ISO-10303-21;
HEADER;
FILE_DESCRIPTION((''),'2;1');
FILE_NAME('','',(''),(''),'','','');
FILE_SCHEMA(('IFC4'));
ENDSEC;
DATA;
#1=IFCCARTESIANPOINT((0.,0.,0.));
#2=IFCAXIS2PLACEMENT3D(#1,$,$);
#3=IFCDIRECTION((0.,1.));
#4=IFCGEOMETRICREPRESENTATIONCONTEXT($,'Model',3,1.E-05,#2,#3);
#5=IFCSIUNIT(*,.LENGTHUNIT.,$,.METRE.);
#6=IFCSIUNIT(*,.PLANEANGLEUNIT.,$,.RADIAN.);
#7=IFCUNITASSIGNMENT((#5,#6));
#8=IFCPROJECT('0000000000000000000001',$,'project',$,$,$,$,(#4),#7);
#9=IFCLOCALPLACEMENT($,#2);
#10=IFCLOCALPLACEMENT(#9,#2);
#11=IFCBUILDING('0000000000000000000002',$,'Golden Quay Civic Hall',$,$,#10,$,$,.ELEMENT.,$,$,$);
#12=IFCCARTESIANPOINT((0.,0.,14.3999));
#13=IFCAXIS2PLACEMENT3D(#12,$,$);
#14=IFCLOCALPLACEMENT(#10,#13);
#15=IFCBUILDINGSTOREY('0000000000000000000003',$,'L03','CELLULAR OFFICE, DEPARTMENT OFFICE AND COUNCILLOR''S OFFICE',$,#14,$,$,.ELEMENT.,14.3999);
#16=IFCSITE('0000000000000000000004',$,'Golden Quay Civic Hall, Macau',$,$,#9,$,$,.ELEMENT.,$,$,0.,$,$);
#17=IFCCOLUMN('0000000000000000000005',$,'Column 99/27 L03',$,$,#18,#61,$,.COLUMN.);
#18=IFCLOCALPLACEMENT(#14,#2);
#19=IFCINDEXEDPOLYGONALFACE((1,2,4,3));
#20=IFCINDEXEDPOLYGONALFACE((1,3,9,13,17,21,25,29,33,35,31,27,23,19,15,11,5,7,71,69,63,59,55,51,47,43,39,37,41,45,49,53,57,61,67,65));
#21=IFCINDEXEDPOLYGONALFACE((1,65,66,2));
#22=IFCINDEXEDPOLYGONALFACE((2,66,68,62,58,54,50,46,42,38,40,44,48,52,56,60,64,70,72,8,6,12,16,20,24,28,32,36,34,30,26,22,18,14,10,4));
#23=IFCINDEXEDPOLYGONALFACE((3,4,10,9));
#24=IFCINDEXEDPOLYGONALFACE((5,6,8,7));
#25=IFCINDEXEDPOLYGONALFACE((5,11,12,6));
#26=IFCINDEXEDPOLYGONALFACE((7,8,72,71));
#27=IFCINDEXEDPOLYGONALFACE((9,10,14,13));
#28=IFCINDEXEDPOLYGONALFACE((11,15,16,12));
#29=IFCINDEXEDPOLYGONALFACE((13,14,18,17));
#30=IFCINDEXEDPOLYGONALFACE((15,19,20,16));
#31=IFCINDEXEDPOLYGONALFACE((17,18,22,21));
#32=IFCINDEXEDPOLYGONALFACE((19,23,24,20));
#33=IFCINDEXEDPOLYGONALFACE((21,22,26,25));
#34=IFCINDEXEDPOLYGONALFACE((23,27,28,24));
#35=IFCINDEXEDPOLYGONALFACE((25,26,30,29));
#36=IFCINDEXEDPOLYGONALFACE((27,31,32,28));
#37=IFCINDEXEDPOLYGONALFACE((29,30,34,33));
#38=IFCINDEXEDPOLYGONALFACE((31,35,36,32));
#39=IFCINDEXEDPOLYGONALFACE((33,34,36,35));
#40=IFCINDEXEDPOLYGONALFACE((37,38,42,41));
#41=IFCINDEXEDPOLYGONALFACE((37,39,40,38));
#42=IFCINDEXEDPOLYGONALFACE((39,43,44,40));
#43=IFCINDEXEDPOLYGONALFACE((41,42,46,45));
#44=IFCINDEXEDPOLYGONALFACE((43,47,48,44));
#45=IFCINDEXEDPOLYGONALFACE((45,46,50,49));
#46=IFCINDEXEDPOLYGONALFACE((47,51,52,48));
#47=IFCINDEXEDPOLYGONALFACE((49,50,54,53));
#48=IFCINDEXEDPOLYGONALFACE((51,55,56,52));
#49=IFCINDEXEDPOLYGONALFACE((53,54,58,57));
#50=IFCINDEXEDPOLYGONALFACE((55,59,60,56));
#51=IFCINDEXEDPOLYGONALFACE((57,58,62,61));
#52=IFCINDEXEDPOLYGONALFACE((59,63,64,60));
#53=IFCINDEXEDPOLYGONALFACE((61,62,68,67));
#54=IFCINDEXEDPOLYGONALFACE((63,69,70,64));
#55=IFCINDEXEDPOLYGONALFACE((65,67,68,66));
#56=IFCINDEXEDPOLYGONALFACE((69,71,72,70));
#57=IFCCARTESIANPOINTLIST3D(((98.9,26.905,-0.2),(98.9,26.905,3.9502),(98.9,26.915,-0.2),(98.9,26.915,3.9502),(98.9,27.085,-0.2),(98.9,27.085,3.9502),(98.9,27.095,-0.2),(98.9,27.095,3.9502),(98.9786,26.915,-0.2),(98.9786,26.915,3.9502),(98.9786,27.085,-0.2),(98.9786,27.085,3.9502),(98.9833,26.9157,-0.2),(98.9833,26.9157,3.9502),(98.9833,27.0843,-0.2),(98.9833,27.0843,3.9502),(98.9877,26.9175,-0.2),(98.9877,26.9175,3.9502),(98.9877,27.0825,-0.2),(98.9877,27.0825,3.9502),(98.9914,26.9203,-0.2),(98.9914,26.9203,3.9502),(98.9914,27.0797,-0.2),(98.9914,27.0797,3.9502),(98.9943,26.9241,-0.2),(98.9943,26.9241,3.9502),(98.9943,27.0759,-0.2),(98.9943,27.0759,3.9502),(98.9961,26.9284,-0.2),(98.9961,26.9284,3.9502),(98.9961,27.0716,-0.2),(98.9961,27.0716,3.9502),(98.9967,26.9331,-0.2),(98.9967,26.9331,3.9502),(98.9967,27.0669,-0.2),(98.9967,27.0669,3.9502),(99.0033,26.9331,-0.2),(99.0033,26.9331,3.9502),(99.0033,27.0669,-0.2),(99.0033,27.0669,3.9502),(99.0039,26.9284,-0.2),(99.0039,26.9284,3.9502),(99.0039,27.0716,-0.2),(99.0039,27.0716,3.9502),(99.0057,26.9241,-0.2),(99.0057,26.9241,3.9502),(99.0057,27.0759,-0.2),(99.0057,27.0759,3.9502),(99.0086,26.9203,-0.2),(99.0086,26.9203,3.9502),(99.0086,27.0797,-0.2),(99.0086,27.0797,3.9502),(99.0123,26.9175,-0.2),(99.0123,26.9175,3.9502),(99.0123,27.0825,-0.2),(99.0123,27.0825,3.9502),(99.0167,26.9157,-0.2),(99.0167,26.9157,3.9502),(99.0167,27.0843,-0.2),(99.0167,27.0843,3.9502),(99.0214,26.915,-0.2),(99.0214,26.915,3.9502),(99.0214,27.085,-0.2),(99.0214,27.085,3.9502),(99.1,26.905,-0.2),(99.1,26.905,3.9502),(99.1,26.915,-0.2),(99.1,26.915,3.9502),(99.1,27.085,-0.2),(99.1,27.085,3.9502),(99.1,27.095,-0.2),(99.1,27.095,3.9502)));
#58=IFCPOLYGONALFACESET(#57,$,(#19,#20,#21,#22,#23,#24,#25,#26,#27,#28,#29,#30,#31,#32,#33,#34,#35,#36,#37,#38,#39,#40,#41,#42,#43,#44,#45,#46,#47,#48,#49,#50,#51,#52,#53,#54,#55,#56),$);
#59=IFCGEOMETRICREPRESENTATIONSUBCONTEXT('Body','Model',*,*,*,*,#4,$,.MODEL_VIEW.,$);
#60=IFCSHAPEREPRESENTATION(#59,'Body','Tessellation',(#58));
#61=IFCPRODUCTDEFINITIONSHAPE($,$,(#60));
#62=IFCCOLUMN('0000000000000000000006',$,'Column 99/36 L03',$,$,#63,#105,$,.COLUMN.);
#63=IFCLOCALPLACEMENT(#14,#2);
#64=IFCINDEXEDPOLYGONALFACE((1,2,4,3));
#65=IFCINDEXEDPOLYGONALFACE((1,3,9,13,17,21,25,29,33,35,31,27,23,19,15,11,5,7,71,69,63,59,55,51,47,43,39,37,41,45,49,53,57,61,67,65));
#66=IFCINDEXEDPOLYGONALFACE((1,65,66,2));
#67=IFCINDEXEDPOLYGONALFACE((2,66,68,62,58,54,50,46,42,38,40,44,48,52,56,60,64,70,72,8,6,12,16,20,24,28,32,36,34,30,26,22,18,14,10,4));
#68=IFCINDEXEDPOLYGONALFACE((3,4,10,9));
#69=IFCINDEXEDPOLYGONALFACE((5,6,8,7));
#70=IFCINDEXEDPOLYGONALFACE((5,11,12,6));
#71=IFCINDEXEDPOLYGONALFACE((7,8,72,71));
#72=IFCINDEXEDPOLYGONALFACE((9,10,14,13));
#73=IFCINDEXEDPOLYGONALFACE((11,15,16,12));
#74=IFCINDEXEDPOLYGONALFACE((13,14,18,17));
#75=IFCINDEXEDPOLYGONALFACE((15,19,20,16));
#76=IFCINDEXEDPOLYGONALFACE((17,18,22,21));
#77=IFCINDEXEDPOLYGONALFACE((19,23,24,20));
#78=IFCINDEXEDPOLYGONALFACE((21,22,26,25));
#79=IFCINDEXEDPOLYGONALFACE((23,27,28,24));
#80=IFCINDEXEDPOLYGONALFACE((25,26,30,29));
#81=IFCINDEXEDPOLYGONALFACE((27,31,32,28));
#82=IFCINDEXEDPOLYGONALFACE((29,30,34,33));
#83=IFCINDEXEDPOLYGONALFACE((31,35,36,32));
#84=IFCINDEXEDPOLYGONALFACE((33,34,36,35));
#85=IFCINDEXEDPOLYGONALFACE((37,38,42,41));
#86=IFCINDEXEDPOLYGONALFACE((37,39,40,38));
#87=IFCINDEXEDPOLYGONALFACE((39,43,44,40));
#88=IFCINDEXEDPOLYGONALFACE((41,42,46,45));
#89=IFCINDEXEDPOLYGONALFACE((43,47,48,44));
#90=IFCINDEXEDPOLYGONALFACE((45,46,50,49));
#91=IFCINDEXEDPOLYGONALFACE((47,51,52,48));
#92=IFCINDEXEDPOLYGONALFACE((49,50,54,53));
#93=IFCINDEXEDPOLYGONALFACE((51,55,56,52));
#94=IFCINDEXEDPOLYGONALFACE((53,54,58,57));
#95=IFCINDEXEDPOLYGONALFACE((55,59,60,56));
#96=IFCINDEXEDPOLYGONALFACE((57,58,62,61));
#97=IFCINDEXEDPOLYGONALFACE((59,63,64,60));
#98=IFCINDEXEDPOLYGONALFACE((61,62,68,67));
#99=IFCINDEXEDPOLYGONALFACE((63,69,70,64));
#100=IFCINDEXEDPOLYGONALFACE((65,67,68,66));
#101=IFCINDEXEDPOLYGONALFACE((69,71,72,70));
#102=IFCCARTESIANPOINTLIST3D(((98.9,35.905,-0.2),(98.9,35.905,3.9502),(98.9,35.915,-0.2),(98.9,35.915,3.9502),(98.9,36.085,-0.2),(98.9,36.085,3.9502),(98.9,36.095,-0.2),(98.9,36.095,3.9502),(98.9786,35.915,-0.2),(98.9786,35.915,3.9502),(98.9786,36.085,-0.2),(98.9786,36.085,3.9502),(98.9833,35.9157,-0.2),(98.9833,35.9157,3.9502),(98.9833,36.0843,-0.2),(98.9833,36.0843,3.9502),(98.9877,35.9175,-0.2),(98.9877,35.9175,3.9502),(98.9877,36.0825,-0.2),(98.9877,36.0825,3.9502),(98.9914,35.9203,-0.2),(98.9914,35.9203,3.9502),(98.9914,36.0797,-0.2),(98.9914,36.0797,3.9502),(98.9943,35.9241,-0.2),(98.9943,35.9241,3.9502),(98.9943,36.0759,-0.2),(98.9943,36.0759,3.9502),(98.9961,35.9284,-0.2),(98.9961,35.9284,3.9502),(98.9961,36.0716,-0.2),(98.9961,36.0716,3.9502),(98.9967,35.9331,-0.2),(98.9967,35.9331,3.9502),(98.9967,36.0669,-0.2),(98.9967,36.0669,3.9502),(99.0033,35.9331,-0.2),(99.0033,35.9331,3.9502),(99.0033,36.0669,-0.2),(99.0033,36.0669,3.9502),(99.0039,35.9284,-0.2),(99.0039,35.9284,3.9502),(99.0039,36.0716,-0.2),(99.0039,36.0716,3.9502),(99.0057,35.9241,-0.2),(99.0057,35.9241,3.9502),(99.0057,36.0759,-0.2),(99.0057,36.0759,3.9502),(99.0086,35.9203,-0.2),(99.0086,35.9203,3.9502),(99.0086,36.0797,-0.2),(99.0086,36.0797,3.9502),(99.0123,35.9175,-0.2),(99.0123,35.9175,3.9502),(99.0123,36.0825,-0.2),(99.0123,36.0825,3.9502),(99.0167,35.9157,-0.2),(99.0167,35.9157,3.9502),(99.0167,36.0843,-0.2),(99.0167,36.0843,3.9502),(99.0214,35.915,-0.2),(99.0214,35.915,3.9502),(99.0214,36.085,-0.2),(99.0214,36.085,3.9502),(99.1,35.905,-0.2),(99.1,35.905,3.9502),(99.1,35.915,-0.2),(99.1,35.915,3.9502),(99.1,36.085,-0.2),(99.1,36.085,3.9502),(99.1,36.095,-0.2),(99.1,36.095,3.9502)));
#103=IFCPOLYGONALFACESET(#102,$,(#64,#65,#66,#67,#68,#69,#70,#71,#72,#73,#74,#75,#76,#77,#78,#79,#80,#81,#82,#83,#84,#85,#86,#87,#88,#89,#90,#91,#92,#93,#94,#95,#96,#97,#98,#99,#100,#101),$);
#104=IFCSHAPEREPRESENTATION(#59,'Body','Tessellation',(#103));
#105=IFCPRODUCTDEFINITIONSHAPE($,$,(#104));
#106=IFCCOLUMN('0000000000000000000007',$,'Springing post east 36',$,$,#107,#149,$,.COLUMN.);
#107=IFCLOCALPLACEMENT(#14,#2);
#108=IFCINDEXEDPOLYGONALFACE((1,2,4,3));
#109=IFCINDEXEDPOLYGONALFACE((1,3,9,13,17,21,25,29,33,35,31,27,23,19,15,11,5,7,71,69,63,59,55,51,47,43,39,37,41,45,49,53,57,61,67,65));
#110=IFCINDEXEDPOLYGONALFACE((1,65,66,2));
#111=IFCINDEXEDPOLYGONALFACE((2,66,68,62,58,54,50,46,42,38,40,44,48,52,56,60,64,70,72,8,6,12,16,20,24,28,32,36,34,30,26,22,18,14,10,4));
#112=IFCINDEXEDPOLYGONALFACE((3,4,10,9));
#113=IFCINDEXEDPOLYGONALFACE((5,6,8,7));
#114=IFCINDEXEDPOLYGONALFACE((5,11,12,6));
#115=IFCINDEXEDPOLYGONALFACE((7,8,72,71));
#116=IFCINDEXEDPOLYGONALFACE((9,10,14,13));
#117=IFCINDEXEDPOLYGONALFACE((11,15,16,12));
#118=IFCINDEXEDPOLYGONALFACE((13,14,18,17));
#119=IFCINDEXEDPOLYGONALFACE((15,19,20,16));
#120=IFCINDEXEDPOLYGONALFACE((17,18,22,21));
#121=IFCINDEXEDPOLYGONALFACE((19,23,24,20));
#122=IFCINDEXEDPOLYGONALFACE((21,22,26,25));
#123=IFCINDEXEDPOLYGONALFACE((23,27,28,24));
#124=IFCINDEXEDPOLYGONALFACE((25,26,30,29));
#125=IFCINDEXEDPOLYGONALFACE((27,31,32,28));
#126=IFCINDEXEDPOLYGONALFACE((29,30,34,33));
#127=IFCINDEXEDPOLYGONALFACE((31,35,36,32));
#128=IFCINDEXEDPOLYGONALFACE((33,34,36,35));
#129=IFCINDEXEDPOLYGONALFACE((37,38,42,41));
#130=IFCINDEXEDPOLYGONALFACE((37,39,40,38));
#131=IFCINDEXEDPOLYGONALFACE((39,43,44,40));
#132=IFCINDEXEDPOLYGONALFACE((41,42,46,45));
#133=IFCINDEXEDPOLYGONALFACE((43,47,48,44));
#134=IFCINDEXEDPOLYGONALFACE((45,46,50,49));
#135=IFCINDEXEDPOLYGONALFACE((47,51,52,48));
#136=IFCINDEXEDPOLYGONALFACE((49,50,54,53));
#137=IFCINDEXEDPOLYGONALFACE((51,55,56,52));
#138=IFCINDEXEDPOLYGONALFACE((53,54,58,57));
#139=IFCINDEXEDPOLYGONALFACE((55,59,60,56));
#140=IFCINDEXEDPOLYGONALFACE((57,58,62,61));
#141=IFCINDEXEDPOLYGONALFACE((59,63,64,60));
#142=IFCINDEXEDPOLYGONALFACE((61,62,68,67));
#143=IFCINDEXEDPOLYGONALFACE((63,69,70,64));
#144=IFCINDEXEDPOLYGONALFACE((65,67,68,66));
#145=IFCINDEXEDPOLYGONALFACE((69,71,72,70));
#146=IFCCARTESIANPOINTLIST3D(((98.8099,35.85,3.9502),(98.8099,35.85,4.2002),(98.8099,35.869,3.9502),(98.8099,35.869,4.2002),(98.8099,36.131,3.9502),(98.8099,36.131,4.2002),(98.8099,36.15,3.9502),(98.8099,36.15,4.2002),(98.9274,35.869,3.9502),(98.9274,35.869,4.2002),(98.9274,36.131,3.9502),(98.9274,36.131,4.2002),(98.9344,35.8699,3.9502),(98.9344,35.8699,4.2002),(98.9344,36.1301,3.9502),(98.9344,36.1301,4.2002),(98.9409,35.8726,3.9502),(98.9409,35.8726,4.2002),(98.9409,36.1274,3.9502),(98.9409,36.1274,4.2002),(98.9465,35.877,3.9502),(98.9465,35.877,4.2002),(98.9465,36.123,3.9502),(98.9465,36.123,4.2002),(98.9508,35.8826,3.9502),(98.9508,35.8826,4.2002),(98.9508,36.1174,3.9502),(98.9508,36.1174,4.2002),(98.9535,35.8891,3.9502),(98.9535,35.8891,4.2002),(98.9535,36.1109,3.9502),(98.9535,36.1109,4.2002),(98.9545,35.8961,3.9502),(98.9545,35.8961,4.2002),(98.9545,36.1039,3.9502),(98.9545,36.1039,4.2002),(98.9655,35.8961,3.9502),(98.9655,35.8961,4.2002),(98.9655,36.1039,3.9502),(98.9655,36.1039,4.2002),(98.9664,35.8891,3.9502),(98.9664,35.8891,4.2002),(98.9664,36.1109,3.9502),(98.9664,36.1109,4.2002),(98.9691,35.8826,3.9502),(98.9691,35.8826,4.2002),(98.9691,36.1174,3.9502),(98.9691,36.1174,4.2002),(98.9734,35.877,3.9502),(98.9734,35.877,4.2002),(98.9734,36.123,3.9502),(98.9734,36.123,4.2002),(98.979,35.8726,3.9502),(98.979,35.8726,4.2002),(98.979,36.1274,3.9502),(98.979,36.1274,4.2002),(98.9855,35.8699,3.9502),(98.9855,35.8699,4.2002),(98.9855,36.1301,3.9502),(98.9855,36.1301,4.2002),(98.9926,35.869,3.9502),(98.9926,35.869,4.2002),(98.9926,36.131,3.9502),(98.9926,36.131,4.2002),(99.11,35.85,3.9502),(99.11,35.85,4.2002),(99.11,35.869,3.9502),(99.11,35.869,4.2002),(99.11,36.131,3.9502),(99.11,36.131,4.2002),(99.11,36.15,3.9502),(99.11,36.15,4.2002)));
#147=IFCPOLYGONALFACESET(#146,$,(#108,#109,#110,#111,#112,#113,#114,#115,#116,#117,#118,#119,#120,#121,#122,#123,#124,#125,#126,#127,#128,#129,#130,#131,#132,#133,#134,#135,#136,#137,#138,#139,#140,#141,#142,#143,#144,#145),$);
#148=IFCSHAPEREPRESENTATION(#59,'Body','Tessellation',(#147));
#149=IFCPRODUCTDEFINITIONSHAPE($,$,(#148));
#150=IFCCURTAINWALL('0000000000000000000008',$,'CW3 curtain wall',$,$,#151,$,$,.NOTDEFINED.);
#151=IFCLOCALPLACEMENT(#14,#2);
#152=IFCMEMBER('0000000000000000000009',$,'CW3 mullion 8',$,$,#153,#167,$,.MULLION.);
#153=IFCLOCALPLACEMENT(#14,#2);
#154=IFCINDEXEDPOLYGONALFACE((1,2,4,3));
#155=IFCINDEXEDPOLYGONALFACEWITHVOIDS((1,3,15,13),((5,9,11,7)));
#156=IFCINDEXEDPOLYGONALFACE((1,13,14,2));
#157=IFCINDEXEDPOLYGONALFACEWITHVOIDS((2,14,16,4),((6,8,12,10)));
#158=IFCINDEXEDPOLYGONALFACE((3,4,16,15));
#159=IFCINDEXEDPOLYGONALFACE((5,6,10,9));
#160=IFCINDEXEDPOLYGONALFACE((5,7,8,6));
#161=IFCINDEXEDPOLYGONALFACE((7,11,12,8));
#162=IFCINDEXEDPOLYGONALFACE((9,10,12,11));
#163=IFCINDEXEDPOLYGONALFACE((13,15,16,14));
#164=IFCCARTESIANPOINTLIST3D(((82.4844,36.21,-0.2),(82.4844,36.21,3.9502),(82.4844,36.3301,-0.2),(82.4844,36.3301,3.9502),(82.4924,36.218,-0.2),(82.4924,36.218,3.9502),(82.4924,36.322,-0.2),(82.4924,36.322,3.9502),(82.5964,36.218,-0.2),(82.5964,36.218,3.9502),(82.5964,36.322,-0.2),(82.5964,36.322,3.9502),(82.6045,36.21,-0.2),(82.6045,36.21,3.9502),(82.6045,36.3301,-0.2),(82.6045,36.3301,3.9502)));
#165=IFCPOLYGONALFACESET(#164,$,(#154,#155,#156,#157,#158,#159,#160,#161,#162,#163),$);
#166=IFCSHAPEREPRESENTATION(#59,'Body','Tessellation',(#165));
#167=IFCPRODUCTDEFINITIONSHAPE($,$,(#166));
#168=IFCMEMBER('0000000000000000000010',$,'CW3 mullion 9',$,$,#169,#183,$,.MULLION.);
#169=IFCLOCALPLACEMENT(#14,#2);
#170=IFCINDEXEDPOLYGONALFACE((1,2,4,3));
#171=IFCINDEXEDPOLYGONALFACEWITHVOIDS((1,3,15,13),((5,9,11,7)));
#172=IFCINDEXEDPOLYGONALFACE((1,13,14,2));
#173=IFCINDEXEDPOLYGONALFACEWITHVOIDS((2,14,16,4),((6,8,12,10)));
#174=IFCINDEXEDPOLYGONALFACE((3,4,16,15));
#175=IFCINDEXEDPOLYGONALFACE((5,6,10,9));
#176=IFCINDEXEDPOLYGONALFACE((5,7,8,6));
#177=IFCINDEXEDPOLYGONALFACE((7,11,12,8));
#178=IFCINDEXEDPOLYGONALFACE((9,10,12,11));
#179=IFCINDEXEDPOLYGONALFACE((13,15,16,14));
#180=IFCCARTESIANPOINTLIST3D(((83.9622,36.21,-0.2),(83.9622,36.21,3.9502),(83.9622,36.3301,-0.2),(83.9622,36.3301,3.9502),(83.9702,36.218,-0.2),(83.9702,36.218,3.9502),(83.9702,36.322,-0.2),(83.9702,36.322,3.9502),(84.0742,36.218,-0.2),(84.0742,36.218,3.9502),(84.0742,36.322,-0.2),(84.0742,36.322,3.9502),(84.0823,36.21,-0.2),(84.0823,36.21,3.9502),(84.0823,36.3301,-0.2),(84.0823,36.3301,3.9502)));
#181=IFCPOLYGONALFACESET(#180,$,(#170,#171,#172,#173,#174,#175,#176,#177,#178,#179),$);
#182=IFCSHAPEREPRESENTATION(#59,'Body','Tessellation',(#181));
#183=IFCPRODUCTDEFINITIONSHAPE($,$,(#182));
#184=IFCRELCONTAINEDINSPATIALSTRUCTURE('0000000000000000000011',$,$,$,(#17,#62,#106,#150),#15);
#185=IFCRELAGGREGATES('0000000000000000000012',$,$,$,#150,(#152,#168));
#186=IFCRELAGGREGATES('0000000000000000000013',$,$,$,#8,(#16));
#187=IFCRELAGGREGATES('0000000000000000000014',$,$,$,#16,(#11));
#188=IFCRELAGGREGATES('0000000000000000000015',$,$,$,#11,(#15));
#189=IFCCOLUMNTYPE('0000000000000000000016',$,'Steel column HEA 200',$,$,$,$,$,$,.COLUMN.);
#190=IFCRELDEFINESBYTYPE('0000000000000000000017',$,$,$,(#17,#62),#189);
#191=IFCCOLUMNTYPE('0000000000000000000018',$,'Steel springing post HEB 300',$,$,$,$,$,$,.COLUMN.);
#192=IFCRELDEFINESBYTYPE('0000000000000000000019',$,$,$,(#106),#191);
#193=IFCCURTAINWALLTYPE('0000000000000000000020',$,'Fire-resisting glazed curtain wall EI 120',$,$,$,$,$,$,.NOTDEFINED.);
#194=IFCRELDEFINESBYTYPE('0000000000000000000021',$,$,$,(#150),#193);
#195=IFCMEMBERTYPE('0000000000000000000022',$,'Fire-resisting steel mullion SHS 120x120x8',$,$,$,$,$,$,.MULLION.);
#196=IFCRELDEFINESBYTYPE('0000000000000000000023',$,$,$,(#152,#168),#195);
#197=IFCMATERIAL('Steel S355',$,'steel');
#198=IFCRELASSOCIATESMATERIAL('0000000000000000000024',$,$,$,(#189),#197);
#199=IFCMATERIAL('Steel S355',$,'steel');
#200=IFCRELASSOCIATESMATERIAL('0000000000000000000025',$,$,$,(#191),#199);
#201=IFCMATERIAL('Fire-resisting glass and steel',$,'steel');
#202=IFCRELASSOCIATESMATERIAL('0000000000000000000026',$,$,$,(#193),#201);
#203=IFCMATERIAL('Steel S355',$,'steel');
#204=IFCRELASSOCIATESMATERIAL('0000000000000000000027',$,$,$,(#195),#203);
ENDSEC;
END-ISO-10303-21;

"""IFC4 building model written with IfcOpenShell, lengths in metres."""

from ifc_helpers import new_model, si_unit, direction, frame, origin, origin_2d, place, context, subcontext, project, spatial, hollow_rectangle, i_section, extrude, material, material_profile, profile_set, type_object, element, aggregate, save


model = new_model("IFC4")

# Units and contexts
model_context = context("Model", 3, precision=1e-05, world=origin(), true_north=direction((0.0, 1.0)))
body_context = subcontext(model_context, "Body", "Model", "MODEL_VIEW")
ifc_project = project(units=[si_unit("LENGTHUNIT", "METRE"), si_unit("PLANEANGLEUNIT", "RADIAN")], contexts=[model_context])

# Site, building, storey
site_placement = place(None, origin())
site = spatial("IfcSite", under=ifc_project, at=site_placement, Name="Golden Quay Civic Hall, Macau", CompositionType="ELEMENT", RefElevation=0.0)
building_placement = place(site_placement, origin())
building = spatial("IfcBuilding", under=site, at=building_placement, Name="Golden Quay Civic Hall", CompositionType="ELEMENT")
storey_placement = place(building_placement, frame((0.0, 0.0, 14.3999)))
storey = spatial("IfcBuildingStorey", under=building, at=storey_placement, Name="L03", Description="CELLULAR OFFICE, DEPARTMENT OFFICE AND COUNCILLOR'S OFFICE", CompositionType="ELEMENT", Elevation=14.3999)

# Columns
ifc_material_1 = material(Name="Steel S355", Category="steel")
ifc_material_profile_1 = material_profile(ifc_material_1, i_section(OverallWidth=0.2, OverallDepth=0.1899, WebThickness=0.0066, FlangeThickness=0.01, FilletRadius=0.0181, at=origin_2d()), Name="HEA 200")
ifc_profile_set_1 = profile_set([ifc_material_profile_1], Name="Steel S355")
column_type_1 = type_object("IfcColumnType", Name="Steel column HEA 200", PredefinedType="COLUMN", material=ifc_profile_set_1)
for number, where, z_axis, x_axis, name in (
    (1, (99.0, 27.0, -0.2), (0.0, 0.0, 1.0), (1.0, 0.0, 0.0), "Column 99/27 L03"),
    (2, (99.0, 36.0, -0.2), (0.0, 0.0, 1.0), (1.0, 0.0, 0.0), "Column 99/36 L03"),
):
    element("IfcColumn", number, at=place(storey_placement, frame(where, z_axis=z_axis, x_axis=x_axis)), inside=storey, type_object=column_type_1, Name=name, PredefinedType="COLUMN", context=body_context, shape_type="SweptSolid", body=[
        extrude(i_section(OverallWidth=0.2, OverallDepth=0.1899, WebThickness=0.0066, FlangeThickness=0.01, FilletRadius=0.0181, at=origin_2d()), origin(), (0.0, 0.0, 1.0), 4.1501),
    ])
ifc_material_2 = material(Name="Steel S355", Category="steel")
ifc_material_profile_2 = material_profile(ifc_material_2, i_section(OverallWidth=0.3, OverallDepth=0.3, WebThickness=0.011, FlangeThickness=0.019, FilletRadius=0.0271, at=origin_2d()), Name="HEB 300")
ifc_profile_set_2 = profile_set([ifc_material_profile_2], Name="Steel S355")
column_type_2 = type_object("IfcColumnType", Name="Steel springing post HEB 300", PredefinedType="COLUMN", material=ifc_profile_set_2)
column_placement = place(storey_placement, frame((98.96, 36.0, 3.9502), z_axis=(0.0, 0.0, 1.0), x_axis=(1.0, 0.0, 0.0)))
element("IfcColumn", 3, at=column_placement, inside=storey, type_object=column_type_2, Name="Springing post east 36", PredefinedType="COLUMN", context=body_context, shape_type="SweptSolid", body=[
    extrude(i_section(OverallWidth=0.3, OverallDepth=0.3, WebThickness=0.011, FlangeThickness=0.019, FilletRadius=0.0271, at=origin_2d()), origin(), (0.0, 0.0, 1.0), 0.25),
])

# Curtain wall, members
ifc_material_3 = material(Name="Fire-resisting glass and steel", Category="steel")
curtain_wall_type = type_object("IfcCurtainWallType", Name="Fire-resisting glazed curtain wall EI 120", PredefinedType="NOTDEFINED", material=ifc_material_3)
curtain_wall_placement = place(storey_placement, origin())
curtain_wall = element("IfcCurtainWall", 4, at=curtain_wall_placement, inside=storey, type_object=curtain_wall_type, Name="CW3 curtain wall", PredefinedType="NOTDEFINED")
ifc_material_4 = material(Name="Steel S355", Category="steel")
ifc_material_profile_3 = material_profile(ifc_material_4, hollow_rectangle(XDim=0.1201, YDim=0.1201, WallThickness=0.0081, at=origin_2d()), Name="SHS 120x120x8")
ifc_profile_set_3 = profile_set([ifc_material_profile_3], Name="Steel S355")
member_type_1 = type_object("IfcMemberType", Name="Fire-resisting steel mullion SHS 120x120x8", PredefinedType="MULLION", material=ifc_profile_set_3)
member_1_placement = place(storey_placement, frame((82.5444, 36.27, -0.2), z_axis=(0.0, 0.0, 1.0), x_axis=(0.0, 1.0, 0.0)))
member_1 = element("IfcMember", 5, at=member_1_placement, type_object=member_type_1, Name="CW3 mullion 8", PredefinedType="MULLION", context=body_context, shape_type="SweptSolid", body=[
    extrude(hollow_rectangle(XDim=0.1201, YDim=0.1201, WallThickness=0.0081, at=origin_2d()), origin(), (0.0, 0.0, 1.0), 4.1501),
])
member_2_placement = place(storey_placement, frame((84.0222, 36.27, -0.2), z_axis=(0.0, 0.0, 1.0), x_axis=(0.0, 1.0, 0.0)))
member_2 = element("IfcMember", 6, at=member_2_placement, type_object=member_type_1, Name="CW3 mullion 9", PredefinedType="MULLION", context=body_context, shape_type="SweptSolid", body=[
    extrude(hollow_rectangle(XDim=0.1201, YDim=0.1201, WallThickness=0.0081, at=origin_2d()), origin(), (0.0, 0.0, 1.0), 4.1501),
])

aggregate(curtain_wall, [member_1, member_2])

save(model, "model.ifc")
